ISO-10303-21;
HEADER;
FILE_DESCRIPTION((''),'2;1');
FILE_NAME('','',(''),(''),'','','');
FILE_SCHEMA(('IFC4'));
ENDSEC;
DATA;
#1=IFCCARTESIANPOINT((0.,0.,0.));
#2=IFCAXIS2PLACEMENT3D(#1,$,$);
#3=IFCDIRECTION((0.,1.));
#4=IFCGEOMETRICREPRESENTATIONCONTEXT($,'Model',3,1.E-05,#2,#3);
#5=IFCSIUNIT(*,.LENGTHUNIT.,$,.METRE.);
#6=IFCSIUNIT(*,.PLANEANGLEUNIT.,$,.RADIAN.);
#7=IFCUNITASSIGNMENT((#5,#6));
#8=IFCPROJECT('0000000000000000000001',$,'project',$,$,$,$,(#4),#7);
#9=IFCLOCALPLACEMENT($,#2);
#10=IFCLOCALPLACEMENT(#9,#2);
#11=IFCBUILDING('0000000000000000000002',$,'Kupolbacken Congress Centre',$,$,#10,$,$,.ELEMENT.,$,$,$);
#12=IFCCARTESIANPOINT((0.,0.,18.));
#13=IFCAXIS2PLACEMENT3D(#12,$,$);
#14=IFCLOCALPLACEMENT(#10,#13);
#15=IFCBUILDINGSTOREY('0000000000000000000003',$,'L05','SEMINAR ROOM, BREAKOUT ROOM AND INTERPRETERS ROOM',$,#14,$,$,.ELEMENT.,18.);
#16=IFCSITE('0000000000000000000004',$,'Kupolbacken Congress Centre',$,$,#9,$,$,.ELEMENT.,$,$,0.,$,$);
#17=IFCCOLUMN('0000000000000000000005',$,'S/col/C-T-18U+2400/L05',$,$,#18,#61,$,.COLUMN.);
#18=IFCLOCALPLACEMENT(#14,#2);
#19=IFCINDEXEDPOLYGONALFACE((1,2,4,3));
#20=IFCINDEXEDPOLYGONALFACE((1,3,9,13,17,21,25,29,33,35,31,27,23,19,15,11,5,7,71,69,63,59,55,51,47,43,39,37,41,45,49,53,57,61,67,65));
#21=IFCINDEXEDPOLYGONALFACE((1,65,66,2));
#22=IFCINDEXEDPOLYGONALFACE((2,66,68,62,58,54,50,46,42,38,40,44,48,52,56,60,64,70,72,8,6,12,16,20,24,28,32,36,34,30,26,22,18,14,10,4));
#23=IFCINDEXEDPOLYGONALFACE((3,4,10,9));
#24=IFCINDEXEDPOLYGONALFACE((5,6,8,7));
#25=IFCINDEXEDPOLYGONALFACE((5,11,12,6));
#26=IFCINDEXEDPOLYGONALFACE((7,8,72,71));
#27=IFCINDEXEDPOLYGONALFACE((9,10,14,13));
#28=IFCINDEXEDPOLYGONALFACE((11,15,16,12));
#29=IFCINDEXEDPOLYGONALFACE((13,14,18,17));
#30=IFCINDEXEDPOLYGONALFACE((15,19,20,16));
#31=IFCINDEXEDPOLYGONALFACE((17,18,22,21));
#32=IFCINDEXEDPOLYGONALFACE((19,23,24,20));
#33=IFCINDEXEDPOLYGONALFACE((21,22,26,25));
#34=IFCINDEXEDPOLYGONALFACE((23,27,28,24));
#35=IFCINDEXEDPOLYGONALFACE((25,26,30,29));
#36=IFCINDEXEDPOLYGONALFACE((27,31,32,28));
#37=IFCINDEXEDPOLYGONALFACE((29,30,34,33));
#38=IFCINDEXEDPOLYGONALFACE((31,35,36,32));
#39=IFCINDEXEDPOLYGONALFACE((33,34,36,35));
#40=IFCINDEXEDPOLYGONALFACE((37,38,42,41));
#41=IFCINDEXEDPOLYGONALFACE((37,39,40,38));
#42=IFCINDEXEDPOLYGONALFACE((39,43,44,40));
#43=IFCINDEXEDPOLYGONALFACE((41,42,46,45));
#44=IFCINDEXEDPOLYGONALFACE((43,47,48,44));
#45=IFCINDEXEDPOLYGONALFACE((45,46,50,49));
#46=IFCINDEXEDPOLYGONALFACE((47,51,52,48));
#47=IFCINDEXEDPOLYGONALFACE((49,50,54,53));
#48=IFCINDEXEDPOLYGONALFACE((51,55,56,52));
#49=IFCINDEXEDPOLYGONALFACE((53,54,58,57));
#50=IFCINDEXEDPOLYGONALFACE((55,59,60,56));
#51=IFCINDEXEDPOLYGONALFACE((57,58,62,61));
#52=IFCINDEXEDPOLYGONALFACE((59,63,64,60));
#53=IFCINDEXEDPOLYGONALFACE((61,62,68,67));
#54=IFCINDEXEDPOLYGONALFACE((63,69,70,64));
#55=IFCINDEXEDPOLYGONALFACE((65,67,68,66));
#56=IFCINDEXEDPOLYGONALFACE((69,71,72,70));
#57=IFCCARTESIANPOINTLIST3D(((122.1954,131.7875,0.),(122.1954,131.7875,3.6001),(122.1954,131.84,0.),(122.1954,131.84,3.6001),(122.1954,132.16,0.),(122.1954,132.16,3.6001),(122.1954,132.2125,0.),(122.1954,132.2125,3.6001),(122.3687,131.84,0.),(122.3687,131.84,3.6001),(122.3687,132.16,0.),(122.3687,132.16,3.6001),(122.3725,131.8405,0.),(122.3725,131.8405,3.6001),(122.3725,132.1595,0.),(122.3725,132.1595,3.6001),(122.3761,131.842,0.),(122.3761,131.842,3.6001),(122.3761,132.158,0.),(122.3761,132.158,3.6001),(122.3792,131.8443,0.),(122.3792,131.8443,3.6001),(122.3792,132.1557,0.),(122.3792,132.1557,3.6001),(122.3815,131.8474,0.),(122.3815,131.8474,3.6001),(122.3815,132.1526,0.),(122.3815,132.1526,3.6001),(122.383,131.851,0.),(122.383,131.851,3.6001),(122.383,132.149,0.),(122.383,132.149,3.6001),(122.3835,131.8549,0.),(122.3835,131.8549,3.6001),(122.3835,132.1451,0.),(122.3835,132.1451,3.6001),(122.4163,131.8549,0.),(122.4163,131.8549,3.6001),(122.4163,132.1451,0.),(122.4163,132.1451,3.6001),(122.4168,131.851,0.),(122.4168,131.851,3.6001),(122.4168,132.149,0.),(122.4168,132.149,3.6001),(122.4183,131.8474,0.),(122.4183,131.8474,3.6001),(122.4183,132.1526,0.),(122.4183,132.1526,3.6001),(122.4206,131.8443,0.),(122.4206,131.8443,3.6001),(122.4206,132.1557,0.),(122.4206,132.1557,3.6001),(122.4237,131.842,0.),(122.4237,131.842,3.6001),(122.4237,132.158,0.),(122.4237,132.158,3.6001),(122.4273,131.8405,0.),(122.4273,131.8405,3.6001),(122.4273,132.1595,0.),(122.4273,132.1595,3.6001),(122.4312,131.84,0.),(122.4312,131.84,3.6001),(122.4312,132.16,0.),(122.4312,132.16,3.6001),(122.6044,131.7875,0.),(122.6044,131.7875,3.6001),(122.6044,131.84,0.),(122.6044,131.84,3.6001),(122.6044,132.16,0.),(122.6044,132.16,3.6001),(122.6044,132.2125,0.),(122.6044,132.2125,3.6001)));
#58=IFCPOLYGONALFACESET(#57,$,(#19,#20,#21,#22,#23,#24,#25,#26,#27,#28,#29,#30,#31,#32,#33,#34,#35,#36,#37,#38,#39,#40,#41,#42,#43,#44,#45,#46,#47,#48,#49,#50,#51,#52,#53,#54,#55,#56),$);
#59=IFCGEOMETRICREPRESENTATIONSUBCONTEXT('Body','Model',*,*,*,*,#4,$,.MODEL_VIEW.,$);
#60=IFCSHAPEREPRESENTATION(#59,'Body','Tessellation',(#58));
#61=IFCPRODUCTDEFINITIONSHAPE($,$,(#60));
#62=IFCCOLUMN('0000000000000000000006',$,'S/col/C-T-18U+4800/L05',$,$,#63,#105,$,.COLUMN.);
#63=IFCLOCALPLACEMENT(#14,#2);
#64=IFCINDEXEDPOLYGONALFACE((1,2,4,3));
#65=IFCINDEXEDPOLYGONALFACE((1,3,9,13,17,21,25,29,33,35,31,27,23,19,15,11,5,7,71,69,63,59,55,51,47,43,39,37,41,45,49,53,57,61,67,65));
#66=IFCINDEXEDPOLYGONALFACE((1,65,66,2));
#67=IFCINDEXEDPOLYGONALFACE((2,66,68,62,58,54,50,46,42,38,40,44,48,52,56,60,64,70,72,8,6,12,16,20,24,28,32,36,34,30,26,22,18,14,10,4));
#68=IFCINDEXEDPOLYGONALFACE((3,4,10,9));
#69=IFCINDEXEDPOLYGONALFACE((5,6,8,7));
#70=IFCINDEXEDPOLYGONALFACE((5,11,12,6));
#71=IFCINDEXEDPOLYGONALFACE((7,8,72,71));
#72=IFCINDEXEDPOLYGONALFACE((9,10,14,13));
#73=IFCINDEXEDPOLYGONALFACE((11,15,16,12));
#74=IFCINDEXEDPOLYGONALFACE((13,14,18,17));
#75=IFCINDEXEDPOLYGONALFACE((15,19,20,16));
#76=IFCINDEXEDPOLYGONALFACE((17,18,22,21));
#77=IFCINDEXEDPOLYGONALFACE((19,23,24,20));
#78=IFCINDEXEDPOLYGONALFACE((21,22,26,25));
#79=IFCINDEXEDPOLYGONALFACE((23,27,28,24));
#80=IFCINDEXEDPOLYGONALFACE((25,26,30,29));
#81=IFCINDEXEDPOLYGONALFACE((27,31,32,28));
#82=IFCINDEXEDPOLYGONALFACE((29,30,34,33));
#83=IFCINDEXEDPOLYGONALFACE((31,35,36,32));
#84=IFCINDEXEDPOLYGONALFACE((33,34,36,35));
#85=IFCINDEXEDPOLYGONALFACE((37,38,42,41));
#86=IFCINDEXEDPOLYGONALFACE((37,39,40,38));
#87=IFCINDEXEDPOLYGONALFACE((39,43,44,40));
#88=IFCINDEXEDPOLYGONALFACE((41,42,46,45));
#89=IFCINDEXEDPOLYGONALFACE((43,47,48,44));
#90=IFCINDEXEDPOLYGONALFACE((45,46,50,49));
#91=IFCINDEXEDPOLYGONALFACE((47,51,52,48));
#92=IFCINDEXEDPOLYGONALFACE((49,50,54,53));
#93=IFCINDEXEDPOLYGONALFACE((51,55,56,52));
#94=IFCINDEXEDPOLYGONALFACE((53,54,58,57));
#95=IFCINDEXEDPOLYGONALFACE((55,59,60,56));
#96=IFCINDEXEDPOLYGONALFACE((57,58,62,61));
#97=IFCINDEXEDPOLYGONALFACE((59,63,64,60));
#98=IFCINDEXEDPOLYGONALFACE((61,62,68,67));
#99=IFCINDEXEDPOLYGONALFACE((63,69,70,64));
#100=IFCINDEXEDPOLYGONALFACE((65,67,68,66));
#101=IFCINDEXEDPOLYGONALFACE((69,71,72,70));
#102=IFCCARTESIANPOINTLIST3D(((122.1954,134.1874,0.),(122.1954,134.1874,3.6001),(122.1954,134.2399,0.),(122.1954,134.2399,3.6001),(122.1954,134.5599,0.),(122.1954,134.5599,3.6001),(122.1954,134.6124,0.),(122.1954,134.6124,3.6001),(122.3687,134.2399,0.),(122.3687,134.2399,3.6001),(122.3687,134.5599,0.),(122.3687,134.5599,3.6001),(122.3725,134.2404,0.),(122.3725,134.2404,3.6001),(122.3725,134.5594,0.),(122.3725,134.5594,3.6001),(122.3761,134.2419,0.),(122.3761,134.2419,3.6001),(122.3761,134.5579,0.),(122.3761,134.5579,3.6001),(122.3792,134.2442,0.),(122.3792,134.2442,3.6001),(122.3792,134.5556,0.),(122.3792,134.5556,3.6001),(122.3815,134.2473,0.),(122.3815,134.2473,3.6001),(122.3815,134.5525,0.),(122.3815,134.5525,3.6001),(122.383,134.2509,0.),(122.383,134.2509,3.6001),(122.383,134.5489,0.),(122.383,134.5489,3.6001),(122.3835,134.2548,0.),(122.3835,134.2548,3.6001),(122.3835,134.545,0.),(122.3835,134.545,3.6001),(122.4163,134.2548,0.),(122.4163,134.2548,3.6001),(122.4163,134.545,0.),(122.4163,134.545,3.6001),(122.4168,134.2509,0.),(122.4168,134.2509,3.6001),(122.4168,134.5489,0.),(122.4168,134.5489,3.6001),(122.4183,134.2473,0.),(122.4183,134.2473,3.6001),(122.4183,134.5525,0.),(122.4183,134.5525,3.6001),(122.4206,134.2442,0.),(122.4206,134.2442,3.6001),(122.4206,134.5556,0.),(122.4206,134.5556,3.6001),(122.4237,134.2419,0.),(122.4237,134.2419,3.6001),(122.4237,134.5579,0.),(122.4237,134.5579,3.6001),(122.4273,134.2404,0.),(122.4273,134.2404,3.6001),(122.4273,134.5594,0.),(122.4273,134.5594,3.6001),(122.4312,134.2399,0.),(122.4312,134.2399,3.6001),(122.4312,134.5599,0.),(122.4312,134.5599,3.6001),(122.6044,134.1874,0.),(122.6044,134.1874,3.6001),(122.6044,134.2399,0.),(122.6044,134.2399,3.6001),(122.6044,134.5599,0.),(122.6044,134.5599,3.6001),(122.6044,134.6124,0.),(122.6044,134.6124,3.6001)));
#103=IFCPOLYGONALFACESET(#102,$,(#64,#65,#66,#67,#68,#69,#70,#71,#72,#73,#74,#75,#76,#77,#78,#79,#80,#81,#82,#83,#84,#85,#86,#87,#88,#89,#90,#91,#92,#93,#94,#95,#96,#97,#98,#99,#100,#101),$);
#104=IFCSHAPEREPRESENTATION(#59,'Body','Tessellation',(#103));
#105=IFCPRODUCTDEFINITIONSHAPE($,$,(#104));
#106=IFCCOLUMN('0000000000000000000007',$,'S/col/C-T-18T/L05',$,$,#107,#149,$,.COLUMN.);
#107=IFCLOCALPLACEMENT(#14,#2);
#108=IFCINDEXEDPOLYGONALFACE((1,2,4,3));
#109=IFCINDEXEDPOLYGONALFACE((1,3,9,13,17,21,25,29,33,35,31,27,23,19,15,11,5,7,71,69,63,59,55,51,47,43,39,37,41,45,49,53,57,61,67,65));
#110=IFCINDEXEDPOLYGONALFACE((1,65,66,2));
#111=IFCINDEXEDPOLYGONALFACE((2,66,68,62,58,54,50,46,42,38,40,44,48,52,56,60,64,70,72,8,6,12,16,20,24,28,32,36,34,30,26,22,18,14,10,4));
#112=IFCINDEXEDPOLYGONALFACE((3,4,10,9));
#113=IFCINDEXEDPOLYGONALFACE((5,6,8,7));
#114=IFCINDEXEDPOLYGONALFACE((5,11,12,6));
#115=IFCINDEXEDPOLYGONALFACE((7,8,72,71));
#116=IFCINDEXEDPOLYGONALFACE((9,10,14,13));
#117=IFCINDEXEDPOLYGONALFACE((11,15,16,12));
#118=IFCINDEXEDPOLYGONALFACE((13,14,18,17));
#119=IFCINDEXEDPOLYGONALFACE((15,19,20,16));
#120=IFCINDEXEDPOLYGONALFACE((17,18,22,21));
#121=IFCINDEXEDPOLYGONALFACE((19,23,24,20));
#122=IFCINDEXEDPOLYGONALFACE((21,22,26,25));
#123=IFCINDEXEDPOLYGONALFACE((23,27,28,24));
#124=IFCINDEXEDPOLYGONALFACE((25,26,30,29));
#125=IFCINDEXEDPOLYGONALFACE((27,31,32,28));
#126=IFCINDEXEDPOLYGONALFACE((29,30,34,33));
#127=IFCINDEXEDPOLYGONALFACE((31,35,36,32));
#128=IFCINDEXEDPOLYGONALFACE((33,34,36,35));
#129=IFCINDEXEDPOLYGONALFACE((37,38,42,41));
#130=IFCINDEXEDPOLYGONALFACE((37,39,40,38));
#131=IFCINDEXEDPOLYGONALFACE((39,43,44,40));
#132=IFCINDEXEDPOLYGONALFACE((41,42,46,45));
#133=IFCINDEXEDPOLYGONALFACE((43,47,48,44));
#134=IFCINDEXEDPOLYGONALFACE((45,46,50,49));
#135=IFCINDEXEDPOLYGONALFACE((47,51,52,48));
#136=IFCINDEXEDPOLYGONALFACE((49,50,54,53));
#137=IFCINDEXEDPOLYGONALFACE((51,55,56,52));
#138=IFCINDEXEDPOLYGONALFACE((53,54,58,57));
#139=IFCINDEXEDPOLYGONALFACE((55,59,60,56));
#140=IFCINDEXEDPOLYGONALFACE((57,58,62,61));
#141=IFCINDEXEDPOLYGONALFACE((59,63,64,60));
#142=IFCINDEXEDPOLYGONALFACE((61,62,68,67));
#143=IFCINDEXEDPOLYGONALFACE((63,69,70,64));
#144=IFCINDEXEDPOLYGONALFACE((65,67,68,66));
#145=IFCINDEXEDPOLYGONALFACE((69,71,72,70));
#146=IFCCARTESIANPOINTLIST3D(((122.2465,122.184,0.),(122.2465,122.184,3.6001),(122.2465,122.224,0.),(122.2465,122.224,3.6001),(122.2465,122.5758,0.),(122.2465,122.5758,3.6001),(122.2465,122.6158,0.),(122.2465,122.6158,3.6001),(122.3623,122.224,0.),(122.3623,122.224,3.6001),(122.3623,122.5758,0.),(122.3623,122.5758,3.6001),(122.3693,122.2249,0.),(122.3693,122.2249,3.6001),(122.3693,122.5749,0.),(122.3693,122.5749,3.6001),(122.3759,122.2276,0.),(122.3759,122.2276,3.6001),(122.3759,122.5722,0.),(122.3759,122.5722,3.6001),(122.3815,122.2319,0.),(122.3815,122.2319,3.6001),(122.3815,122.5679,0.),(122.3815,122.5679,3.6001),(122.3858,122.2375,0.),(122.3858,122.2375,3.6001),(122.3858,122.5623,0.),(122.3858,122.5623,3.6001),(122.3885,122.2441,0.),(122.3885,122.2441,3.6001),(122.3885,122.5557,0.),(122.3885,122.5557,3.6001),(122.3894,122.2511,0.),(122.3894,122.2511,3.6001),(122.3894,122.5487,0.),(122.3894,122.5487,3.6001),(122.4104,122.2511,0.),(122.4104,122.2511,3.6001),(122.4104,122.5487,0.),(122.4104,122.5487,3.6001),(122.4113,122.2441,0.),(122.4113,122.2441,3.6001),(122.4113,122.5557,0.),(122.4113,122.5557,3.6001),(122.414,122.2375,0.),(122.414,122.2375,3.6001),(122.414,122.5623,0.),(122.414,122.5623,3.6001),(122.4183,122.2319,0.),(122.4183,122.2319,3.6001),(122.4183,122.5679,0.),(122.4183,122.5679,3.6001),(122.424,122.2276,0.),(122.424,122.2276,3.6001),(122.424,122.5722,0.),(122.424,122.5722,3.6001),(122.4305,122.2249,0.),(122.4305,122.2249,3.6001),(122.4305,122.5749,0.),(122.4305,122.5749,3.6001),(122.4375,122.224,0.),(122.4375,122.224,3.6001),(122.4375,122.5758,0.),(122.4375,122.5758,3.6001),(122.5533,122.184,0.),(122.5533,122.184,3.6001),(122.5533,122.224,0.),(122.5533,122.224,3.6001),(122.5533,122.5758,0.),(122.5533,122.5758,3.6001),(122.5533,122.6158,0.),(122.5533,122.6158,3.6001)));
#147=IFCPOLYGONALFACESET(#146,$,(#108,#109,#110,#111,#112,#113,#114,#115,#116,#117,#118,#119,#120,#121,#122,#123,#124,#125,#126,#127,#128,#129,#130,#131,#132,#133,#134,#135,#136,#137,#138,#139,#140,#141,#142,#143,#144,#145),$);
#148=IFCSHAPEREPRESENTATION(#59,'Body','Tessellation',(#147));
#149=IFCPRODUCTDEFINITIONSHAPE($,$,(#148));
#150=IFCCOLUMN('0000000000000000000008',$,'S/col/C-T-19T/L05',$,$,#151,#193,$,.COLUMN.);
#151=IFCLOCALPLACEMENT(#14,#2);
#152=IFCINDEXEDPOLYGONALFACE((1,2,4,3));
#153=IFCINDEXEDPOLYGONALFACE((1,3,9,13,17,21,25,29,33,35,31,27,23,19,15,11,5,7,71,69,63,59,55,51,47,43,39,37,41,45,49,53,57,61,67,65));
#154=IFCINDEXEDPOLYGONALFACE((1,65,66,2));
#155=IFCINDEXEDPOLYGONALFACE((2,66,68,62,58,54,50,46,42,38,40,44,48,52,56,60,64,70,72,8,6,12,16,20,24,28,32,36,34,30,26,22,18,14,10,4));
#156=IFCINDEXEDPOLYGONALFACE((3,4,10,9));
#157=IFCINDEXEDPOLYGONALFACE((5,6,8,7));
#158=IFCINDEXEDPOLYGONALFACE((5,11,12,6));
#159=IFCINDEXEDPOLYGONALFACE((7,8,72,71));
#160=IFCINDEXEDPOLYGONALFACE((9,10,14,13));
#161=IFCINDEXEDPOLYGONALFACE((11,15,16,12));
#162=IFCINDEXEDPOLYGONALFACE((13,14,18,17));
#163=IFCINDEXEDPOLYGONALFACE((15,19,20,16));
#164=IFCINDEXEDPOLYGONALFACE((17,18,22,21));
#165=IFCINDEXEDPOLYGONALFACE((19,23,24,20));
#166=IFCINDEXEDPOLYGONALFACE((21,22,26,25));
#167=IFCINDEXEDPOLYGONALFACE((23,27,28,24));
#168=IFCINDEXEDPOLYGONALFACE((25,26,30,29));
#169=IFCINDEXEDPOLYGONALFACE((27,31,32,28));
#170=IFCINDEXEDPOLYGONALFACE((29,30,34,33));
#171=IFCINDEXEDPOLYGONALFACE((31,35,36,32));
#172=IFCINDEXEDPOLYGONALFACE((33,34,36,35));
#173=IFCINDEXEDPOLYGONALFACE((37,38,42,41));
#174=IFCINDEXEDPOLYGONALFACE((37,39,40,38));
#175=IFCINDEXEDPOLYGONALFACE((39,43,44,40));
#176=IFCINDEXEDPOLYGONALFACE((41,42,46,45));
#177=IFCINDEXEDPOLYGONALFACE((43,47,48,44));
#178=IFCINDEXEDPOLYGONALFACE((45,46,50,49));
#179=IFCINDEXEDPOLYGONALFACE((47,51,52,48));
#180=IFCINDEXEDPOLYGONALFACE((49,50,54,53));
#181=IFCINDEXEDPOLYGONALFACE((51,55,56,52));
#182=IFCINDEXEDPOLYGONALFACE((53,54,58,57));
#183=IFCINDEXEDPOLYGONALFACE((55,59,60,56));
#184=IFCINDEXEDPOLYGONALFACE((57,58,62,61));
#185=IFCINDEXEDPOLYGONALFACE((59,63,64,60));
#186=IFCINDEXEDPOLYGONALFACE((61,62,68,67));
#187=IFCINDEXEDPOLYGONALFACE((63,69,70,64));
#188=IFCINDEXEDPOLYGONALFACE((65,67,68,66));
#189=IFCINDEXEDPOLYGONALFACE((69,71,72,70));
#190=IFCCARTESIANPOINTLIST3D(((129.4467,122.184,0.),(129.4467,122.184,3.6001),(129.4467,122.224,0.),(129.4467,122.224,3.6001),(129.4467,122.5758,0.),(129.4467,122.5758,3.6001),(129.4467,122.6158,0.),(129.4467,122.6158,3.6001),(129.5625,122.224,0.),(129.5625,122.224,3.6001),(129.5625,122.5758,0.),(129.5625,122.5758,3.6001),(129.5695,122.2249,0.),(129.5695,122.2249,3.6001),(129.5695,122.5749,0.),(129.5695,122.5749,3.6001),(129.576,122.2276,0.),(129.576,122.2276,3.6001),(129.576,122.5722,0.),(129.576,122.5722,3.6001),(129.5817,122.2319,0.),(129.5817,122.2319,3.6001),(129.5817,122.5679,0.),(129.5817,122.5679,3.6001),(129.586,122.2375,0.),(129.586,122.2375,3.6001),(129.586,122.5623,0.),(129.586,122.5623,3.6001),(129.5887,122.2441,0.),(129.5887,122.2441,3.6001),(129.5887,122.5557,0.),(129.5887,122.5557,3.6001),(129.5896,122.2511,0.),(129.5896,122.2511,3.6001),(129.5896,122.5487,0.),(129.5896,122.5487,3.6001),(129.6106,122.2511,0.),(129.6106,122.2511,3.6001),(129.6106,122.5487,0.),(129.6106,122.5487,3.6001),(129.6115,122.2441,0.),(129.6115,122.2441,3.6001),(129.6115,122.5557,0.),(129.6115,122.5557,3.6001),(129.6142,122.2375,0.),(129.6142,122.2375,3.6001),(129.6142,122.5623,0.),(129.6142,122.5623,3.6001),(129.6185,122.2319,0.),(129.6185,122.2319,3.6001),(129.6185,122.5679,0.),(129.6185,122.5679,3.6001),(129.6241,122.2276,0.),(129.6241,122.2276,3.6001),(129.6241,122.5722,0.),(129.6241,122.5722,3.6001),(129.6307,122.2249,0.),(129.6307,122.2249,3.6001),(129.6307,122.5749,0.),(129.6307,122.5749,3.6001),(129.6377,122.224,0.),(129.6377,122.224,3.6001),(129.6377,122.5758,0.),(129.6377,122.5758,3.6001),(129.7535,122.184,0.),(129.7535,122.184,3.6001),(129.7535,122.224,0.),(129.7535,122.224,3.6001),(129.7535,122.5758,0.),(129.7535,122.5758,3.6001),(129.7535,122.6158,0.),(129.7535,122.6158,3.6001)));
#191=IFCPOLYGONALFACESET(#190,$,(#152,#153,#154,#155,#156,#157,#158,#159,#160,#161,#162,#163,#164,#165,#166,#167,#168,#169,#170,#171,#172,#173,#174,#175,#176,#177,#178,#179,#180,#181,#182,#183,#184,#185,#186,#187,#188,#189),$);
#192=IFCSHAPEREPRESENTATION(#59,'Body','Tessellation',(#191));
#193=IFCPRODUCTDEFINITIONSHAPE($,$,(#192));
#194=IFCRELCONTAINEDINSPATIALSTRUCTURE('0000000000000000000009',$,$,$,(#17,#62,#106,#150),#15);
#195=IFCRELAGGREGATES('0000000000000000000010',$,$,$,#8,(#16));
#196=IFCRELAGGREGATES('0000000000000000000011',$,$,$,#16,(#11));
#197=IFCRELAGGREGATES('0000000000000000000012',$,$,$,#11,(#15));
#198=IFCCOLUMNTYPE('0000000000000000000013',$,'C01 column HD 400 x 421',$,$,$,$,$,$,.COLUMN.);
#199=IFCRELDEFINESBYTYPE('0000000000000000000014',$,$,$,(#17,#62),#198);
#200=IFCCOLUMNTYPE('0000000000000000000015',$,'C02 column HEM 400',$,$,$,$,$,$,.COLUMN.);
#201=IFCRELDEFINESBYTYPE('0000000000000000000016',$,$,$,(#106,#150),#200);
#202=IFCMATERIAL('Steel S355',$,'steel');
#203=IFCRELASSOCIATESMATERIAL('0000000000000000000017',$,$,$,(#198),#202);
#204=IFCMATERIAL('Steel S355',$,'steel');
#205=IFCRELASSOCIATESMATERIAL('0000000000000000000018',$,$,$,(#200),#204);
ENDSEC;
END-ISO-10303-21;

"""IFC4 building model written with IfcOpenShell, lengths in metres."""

from ifc_helpers import new_model, si_unit, direction, frame, origin, origin_2d, place, context, subcontext, project, spatial, i_section, extrude, material, material_profile, profile_set, type_object, element, save


model = new_model("IFC4")

# Units and contexts
model_context = context("Model", 3, precision=1e-05, world=origin(), true_north=direction((0.0, 1.0)))
body_context = subcontext(model_context, "Body", "Model", "MODEL_VIEW")
ifc_project = project(units=[si_unit("LENGTHUNIT", "METRE"), si_unit("PLANEANGLEUNIT", "RADIAN")], contexts=[model_context])

# Site, building, storey
site_placement = place(None, origin())
site = spatial("IfcSite", under=ifc_project, at=site_placement, Name="Kupolbacken Congress Centre", CompositionType="ELEMENT", RefElevation=0.0)
building_placement = place(site_placement, origin())
building = spatial("IfcBuilding", under=site, at=building_placement, Name="Kupolbacken Congress Centre", CompositionType="ELEMENT")
storey_placement = place(building_placement, frame((0.0, 0.0, 18.0)))
storey = spatial("IfcBuildingStorey", under=building, at=storey_placement, Name="L05", Description="SEMINAR ROOM, BREAKOUT ROOM AND INTERPRETERS ROOM", CompositionType="ELEMENT", Elevation=18.0)

# Columns
ifc_material_1 = material(Name="Steel S355", Category="steel")
ifc_material_profile_1 = material_profile(ifc_material_1, i_section(OverallWidth=0.4089, OverallDepth=0.425, WebThickness=0.0327, FlangeThickness=0.0525, FilletRadius=0.0149, at=origin_2d()), Name="HD 400 x 421")
ifc_profile_set_1 = profile_set([ifc_material_profile_1], Name="Steel S355")
column_type_1 = type_object("IfcColumnType", Name="C01 column HD 400 x 421", PredefinedType="COLUMN", material=ifc_profile_set_1)
for number, where, z_axis, x_axis, name in (
    (1, (122.3999, 132.0, 0.0), (0.0, 0.0, 1.0), (1.0, 0.0, 0.0), "S/col/C-T-18U+2400/L05"),
    (2, (122.3999, 134.3999, 0.0), (0.0, 0.0, 1.0), (1.0, 0.0, 0.0), "S/col/C-T-18U+4800/L05"),
):
    element("IfcColumn", number, at=place(storey_placement, frame(where, z_axis=z_axis, x_axis=x_axis)), inside=storey, type_object=column_type_1, Name=name, PredefinedType="COLUMN", context=body_context, shape_type="SweptSolid", body=[
        extrude(i_section(OverallWidth=0.4089, OverallDepth=0.425, WebThickness=0.0327, FlangeThickness=0.0525, FilletRadius=0.0149, at=origin_2d()), origin(), (0.0, 0.0, 1.0), 3.6001),
    ])
ifc_material_2 = material(Name="Steel S355", Category="steel")
ifc_material_profile_2 = material_profile(ifc_material_2, i_section(OverallWidth=0.3069, OverallDepth=0.4319, WebThickness=0.021, FlangeThickness=0.04, FilletRadius=0.0271, at=origin_2d()), Name="HEM 400")
ifc_profile_set_2 = profile_set([ifc_material_profile_2], Name="Steel S355")
column_type_2 = type_object("IfcColumnType", Name="C02 column HEM 400", PredefinedType="COLUMN", material=ifc_profile_set_2)
for number, where, z_axis, x_axis, name in (
    (3, (122.3999, 122.3999, 0.0), (0.0, 0.0, 1.0), (1.0, 0.0, 0.0), "S/col/C-T-18T/L05"),
    (4, (129.6001, 122.3999, 0.0), (0.0, 0.0, 1.0), (1.0, 0.0, 0.0), "S/col/C-T-19T/L05"),
):
    element("IfcColumn", number, at=place(storey_placement, frame(where, z_axis=z_axis, x_axis=x_axis)), inside=storey, type_object=column_type_2, Name=name, PredefinedType="COLUMN", context=body_context, shape_type="SweptSolid", body=[
        extrude(i_section(OverallWidth=0.3069, OverallDepth=0.4319, WebThickness=0.021, FlangeThickness=0.04, FilletRadius=0.0271, at=origin_2d()), origin(), (0.0, 0.0, 1.0), 3.6001),
    ])

save(model, "model.ifc")
